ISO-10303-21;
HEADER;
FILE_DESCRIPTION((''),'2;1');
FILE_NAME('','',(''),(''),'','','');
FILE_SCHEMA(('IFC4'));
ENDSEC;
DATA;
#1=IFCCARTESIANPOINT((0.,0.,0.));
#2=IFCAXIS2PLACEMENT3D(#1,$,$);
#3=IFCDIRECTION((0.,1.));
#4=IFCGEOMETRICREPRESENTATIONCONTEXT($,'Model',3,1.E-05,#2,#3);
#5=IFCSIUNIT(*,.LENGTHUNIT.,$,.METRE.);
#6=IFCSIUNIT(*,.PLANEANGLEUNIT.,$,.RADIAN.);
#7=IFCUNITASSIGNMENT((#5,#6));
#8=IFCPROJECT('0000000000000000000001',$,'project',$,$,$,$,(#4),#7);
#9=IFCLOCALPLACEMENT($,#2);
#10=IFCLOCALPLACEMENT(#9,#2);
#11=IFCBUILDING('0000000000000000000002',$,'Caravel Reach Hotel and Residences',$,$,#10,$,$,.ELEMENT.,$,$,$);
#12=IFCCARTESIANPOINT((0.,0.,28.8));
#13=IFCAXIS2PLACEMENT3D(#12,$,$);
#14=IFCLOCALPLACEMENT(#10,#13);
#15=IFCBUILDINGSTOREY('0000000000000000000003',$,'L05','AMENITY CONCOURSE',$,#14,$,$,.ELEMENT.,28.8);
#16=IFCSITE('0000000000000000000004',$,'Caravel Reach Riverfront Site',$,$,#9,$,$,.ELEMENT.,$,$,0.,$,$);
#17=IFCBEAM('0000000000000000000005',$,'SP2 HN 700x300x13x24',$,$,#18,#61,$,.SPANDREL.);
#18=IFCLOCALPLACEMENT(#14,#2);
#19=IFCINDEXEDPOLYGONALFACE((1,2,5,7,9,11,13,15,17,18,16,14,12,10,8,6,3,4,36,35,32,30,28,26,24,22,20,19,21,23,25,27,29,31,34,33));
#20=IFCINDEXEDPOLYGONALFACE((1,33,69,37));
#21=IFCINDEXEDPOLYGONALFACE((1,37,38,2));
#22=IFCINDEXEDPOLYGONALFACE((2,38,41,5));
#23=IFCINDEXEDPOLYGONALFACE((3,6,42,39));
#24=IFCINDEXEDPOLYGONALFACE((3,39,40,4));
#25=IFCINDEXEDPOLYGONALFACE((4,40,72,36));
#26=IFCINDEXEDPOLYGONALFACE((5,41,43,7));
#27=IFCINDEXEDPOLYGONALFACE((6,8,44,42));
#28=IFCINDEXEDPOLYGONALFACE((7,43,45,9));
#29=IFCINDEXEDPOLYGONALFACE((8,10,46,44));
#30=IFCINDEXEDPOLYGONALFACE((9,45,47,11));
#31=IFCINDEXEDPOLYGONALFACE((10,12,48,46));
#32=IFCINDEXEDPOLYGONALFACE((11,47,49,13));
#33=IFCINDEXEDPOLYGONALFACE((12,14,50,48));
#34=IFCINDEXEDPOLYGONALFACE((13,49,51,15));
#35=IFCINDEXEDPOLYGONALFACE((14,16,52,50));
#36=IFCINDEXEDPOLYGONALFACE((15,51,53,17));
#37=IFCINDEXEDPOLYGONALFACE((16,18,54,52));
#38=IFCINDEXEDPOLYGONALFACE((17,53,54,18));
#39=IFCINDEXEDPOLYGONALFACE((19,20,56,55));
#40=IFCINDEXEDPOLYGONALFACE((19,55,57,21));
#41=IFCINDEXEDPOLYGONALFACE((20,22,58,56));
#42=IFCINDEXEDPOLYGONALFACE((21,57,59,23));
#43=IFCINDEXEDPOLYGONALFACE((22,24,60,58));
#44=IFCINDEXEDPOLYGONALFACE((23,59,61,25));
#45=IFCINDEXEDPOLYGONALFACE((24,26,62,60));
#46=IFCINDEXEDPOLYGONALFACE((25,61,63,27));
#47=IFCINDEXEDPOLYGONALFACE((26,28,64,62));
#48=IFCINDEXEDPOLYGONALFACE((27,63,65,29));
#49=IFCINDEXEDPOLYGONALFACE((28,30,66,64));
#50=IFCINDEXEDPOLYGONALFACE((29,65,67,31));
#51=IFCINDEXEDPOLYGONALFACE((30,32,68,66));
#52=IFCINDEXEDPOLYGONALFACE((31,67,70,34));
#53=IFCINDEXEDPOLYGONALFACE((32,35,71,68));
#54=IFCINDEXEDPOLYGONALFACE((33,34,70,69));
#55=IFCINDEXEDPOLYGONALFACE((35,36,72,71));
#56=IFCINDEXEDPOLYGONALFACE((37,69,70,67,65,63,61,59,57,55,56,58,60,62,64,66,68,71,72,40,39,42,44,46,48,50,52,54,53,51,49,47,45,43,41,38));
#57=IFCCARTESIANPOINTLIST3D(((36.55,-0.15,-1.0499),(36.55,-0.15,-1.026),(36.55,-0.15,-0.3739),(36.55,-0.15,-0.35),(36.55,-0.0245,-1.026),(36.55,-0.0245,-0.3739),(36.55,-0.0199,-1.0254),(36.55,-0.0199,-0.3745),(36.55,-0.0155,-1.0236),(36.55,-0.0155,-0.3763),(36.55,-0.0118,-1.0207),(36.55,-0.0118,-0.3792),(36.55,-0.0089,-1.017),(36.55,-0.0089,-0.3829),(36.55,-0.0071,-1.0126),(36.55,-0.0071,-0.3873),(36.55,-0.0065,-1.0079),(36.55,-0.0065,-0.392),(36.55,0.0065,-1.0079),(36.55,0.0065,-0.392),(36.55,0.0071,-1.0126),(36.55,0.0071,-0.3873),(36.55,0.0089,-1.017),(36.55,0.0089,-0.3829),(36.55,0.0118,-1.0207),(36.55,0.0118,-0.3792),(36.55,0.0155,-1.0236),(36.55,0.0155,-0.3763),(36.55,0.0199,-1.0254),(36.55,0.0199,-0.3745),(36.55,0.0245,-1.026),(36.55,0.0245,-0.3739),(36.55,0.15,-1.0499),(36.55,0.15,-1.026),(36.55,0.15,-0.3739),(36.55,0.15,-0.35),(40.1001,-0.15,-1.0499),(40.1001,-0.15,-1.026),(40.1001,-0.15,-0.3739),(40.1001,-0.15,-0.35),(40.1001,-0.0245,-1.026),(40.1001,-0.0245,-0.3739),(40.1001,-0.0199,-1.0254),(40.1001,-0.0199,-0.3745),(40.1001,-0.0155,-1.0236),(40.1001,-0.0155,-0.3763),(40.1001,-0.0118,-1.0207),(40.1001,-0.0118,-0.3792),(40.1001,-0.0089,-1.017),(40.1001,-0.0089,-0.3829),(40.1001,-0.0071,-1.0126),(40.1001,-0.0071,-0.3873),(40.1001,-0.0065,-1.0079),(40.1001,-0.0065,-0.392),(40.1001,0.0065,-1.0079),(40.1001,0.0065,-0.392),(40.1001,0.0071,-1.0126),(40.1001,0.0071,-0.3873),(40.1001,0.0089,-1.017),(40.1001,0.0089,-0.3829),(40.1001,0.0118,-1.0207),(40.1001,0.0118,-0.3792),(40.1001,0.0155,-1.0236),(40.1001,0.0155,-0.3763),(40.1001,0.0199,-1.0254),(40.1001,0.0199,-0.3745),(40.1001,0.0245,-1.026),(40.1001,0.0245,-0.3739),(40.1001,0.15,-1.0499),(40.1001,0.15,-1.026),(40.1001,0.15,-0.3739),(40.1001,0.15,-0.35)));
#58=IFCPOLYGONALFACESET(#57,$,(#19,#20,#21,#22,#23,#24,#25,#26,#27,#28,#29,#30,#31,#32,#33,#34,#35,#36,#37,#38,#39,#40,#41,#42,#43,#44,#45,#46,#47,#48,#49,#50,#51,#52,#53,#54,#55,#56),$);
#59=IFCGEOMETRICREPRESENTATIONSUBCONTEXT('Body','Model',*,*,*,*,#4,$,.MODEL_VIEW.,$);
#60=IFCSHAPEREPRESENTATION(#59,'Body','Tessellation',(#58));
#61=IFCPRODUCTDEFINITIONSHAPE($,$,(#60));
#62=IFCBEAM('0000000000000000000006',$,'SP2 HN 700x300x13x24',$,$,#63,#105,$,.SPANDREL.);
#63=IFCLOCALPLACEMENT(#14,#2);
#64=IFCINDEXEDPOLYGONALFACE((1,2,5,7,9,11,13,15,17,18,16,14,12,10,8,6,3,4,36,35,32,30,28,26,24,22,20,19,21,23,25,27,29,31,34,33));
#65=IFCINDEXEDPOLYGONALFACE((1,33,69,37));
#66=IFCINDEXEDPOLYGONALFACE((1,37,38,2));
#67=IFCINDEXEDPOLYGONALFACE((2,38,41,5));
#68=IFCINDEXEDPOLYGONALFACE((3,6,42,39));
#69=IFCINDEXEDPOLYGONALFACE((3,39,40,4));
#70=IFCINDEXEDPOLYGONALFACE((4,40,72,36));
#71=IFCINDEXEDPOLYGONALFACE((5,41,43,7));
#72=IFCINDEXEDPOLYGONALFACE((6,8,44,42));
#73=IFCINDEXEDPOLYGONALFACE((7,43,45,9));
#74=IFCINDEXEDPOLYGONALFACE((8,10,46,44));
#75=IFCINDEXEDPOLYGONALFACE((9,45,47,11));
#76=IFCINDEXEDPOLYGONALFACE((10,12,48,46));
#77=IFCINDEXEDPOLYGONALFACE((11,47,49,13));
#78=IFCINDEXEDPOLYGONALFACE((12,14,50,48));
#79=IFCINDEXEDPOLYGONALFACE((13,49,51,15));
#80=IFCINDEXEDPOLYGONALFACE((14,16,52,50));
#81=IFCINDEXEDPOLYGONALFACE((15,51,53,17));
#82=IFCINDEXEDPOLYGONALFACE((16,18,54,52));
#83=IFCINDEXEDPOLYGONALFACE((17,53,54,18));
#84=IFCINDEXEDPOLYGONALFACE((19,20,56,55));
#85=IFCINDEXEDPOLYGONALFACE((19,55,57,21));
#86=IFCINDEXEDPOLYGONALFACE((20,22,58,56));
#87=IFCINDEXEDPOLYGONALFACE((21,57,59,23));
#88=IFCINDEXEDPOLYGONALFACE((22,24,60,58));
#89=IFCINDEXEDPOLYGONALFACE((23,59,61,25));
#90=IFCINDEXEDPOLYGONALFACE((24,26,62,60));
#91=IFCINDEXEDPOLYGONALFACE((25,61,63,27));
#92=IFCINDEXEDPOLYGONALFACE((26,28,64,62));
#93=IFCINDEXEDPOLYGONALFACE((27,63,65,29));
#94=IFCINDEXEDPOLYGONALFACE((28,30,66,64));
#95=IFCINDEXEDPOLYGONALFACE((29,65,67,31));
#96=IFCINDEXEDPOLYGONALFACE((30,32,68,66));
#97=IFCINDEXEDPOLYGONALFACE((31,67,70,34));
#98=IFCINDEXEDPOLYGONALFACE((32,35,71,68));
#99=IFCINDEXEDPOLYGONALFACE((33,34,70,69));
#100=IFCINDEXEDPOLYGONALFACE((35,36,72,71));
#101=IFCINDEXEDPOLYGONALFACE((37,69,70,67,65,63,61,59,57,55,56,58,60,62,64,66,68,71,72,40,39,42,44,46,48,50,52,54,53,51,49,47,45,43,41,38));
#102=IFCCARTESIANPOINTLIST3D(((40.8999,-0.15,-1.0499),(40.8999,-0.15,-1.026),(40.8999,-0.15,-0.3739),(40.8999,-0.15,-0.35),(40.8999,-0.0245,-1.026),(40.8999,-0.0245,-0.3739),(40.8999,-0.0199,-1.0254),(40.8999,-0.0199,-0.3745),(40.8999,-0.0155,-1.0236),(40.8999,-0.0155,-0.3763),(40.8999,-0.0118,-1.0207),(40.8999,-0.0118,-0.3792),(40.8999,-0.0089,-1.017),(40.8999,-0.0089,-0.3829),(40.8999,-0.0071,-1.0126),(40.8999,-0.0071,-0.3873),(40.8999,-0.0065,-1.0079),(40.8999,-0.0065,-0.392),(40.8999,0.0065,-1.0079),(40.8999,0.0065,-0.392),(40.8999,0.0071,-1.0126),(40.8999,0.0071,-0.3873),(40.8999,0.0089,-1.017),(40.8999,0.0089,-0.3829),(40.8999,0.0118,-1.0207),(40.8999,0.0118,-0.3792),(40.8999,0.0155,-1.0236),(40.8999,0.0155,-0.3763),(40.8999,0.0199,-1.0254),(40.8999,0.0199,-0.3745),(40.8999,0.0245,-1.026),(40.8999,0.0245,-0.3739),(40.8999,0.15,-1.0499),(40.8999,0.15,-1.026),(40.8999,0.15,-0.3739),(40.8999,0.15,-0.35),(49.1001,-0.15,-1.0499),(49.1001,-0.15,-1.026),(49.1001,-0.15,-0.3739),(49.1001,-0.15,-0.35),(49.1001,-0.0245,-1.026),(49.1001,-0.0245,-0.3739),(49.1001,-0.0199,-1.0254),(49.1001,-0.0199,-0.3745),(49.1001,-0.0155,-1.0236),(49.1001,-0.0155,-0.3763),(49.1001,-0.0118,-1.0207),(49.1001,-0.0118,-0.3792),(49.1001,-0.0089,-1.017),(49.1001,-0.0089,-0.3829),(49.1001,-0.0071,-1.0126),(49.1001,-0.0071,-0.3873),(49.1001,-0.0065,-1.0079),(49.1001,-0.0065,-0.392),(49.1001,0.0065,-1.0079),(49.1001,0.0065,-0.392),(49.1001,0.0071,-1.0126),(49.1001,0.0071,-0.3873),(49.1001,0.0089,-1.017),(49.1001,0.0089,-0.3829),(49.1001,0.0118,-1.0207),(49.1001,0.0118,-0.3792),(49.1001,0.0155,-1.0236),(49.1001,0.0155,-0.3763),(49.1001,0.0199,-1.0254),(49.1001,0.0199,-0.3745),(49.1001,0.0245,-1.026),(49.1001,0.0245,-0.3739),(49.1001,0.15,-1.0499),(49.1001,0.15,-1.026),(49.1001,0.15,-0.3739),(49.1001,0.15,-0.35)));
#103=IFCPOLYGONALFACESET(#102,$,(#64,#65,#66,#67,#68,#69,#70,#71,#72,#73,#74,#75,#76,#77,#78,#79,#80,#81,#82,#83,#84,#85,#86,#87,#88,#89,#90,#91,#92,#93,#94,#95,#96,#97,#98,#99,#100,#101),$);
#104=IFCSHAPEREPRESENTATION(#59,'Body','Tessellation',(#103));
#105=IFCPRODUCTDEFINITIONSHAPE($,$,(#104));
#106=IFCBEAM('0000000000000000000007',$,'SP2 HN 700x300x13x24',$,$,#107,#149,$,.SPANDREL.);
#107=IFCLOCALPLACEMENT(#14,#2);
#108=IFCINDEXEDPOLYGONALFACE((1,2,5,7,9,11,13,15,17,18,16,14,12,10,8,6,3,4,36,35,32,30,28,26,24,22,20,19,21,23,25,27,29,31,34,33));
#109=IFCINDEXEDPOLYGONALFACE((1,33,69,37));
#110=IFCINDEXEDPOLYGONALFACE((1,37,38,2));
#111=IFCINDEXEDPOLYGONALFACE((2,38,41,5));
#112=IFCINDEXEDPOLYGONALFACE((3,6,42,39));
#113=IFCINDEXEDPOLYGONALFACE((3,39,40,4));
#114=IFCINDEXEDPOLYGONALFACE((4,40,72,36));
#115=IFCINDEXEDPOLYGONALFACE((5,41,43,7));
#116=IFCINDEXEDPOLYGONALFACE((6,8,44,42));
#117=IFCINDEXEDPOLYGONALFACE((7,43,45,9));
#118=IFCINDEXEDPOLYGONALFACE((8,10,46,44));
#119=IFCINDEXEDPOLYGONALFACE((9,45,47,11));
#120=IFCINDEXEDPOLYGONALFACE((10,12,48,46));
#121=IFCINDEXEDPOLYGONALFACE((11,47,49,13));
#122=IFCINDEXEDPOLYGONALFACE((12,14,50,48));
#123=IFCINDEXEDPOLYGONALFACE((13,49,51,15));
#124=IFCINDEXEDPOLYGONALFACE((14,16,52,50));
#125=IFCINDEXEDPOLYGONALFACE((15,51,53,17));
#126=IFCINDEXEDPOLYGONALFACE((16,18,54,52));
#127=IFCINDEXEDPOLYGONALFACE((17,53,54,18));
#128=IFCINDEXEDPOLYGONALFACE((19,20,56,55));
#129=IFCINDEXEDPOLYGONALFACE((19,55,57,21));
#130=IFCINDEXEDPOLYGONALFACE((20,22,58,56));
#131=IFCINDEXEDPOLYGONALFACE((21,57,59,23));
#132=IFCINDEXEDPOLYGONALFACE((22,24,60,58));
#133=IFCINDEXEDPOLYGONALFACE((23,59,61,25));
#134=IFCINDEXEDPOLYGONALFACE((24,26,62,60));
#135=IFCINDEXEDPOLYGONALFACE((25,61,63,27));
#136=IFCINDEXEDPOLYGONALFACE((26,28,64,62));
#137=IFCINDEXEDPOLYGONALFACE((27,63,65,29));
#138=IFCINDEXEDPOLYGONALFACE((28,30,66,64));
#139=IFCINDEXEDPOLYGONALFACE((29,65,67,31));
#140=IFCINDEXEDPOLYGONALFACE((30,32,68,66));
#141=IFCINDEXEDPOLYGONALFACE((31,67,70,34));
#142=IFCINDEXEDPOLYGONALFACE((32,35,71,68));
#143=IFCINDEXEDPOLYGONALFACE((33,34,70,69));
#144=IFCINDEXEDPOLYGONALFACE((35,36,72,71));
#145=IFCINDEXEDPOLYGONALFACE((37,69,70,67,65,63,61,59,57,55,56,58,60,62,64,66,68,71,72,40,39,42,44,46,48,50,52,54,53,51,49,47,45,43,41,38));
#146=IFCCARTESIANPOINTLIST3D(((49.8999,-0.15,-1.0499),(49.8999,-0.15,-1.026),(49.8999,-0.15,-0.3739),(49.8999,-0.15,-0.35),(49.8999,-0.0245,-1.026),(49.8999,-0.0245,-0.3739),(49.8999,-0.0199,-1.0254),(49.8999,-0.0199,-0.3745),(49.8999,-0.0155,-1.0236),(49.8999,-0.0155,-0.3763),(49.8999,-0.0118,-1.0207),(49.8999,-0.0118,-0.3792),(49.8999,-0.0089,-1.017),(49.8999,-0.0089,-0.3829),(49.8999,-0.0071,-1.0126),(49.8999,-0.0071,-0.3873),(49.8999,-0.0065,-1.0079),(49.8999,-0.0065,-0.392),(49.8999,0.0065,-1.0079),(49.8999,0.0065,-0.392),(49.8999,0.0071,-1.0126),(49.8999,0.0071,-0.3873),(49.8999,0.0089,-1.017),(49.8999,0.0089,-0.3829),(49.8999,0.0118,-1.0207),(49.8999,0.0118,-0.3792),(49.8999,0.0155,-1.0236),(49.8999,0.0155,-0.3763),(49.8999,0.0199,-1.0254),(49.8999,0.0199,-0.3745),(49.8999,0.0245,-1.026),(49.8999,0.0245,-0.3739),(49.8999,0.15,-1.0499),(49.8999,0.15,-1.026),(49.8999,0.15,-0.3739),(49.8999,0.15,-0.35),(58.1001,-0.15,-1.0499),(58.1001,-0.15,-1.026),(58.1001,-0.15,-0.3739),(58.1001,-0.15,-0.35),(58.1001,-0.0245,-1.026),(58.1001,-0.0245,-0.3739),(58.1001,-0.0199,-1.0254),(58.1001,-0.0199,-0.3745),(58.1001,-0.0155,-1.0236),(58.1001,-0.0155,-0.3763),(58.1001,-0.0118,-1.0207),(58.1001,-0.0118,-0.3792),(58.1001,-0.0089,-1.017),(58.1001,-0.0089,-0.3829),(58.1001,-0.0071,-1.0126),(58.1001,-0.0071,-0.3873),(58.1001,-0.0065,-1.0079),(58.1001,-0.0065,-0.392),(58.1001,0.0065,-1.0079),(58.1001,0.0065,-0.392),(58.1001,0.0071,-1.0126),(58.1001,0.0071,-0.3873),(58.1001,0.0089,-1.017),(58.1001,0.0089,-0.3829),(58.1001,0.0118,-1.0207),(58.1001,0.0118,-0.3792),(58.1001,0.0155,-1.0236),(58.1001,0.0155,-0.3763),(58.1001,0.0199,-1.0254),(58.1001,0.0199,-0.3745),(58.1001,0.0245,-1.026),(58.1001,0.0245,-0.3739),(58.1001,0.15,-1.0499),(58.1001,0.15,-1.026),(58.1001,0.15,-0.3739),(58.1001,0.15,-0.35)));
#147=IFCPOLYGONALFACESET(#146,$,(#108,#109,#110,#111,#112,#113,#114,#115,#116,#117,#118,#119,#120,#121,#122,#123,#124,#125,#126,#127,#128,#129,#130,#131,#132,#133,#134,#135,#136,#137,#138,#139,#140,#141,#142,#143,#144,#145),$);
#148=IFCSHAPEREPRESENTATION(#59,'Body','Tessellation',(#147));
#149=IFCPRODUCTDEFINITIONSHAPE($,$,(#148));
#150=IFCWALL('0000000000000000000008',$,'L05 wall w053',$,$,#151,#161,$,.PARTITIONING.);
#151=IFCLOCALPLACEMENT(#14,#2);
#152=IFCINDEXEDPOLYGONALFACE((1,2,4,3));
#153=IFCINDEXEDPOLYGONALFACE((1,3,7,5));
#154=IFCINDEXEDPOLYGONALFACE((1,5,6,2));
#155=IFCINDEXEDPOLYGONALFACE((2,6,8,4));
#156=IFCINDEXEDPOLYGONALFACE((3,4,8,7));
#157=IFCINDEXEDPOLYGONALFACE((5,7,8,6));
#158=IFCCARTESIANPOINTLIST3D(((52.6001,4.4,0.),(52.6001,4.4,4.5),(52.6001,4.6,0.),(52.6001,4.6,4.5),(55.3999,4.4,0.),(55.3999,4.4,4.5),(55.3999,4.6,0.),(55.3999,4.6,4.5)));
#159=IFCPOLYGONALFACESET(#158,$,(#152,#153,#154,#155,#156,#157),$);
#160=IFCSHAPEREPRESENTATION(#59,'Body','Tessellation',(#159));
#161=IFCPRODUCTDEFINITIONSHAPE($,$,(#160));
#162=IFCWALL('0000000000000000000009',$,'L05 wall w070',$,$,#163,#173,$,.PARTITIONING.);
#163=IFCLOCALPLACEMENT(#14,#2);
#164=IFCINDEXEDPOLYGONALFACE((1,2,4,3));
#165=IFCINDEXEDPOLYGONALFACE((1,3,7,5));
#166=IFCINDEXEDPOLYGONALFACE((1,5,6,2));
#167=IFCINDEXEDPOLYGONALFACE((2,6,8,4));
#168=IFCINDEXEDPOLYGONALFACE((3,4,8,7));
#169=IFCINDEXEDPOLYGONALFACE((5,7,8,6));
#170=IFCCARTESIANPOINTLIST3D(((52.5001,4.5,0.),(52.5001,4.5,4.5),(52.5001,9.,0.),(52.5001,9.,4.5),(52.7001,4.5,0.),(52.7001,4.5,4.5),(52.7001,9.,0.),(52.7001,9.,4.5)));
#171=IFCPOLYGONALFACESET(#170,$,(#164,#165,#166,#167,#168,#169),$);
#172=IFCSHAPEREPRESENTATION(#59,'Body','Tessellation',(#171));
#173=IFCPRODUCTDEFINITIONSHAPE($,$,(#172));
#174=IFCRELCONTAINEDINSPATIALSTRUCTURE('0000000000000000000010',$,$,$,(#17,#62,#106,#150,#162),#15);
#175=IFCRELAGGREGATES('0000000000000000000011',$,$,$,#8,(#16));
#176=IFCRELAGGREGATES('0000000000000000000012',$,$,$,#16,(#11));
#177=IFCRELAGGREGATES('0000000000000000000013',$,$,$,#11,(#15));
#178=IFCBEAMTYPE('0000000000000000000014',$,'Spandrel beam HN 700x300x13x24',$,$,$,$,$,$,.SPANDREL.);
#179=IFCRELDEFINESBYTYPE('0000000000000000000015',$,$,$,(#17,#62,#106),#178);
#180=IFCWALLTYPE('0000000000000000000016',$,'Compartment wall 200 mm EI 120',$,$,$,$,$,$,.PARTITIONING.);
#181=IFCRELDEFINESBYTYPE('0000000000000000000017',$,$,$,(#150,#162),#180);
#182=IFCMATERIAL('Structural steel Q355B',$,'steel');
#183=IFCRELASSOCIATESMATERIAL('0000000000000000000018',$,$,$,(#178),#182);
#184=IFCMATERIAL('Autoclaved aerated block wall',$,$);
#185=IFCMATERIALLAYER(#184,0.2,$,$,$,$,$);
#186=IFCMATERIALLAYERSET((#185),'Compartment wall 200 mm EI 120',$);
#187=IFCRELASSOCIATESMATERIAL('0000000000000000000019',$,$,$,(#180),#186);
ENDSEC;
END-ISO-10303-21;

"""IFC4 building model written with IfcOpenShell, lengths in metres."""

from ifc_helpers import new_model, si_unit, direction, frame, frame_2d, origin, origin_2d, place, context, subcontext, project, spatial, rectangle, i_section, extrude, material, layer, layer_set, material_profile, profile_set, type_object, element, save


model = new_model("IFC4")

# Units and contexts
model_context = context("Model", 3, precision=1e-05, world=origin(), true_north=direction((0.0, 1.0)))
body_context = subcontext(model_context, "Body", "Model", "MODEL_VIEW")
ifc_project = project(units=[si_unit("LENGTHUNIT", "METRE"), si_unit("PLANEANGLEUNIT", "RADIAN")], contexts=[model_context])

# Site, building, storey
site_placement = place(None, origin())
site = spatial("IfcSite", under=ifc_project, at=site_placement, Name="Caravel Reach Riverfront Site", CompositionType="ELEMENT", RefElevation=0.0)
building_placement = place(site_placement, origin())
building = spatial("IfcBuilding", under=site, at=building_placement, Name="Caravel Reach Hotel and Residences", CompositionType="ELEMENT")
storey_placement = place(building_placement, frame((0.0, 0.0, 28.8)))
storey = spatial("IfcBuildingStorey", under=building, at=storey_placement, Name="L05", Description="AMENITY CONCOURSE", CompositionType="ELEMENT", Elevation=28.8)

# Beams
ifc_material_1 = material(Name="Structural steel Q355B", Category="steel")
ifc_material_profile_1 = material_profile(ifc_material_1, i_section(OverallWidth=0.3, OverallDepth=0.7, WebThickness=0.0129, FlangeThickness=0.0239, FilletRadius=0.0181, at=origin_2d()), Name="HN 700x300x13x24")
ifc_profile_set_1 = profile_set([ifc_material_profile_1], Name="Structural steel Q355B")
beam_type = type_object("IfcBeamType", Name="Spandrel beam HN 700x300x13x24", PredefinedType="SPANDREL", material=ifc_profile_set_1)
for number, where, z_axis, x_axis, name in (
    (1, (36.55, 0.0, -0.7), (1.0, 0.0, 0.0), (0.0, 1.0, 0.0), "SP2 HN 700x300x13x24"),
):
    element("IfcBeam", number, at=place(storey_placement, frame(where, z_axis=z_axis, x_axis=x_axis)), inside=storey, type_object=beam_type, Name=name, PredefinedType="SPANDREL", context=body_context, shape_type="SweptSolid", body=[
        extrude(i_section(OverallWidth=0.3, OverallDepth=0.7, WebThickness=0.0129, FlangeThickness=0.0239, FilletRadius=0.0181, at=origin_2d()), origin(), (0.0, 0.0, 1.0), 3.55),
    ])
for number, where, z_axis, x_axis, name in (
    (2, (40.8999, 0.0, -0.7), (1.0, 0.0, 0.0), (0.0, 1.0, 0.0), "SP2 HN 700x300x13x24"),
    (3, (49.8999, 0.0, -0.7), (1.0, 0.0, 0.0), (0.0, 1.0, 0.0), "SP2 HN 700x300x13x24"),
):
    element("IfcBeam", number, at=place(storey_placement, frame(where, z_axis=z_axis, x_axis=x_axis)), inside=storey, type_object=beam_type, Name=name, PredefinedType="SPANDREL", context=body_context, shape_type="SweptSolid", body=[
        extrude(i_section(OverallWidth=0.3, OverallDepth=0.7, WebThickness=0.0129, FlangeThickness=0.0239, FilletRadius=0.0181, at=origin_2d()), origin(), (0.0, 0.0, 1.0), 8.2002),
    ])

# Walls
ifc_material_2 = material(Name="Autoclaved aerated block wall")
ifc_layer_1 = layer(ifc_material_2, 0.2)
ifc_layer_set_1 = layer_set([ifc_layer_1], Name="Compartment wall 200 mm EI 120")
wall_type_1 = type_object("IfcWallType", Name="Compartment wall 200 mm EI 120", PredefinedType="PARTITIONING", material=ifc_layer_set_1)
wall_1_placement = place(storey_placement, frame((52.6001, 4.5, 0.0), z_axis=(0.0, 0.0, 1.0), x_axis=(1.0, 0.0, 0.0)))
element("IfcWall", 4, at=wall_1_placement, inside=storey, type_object=wall_type_1, Name="L05 wall w053", PredefinedType="PARTITIONING", context=body_context, shape_type="SweptSolid", body=[
    extrude(rectangle(XDim=2.7998, YDim=0.2, at=frame_2d((1.3999, 0.0))), origin(), (0.0, 0.0, 1.0), 4.5),
])
wall_2_placement = place(storey_placement, frame((52.6001, 4.5, 0.0), z_axis=(0.0, 0.0, 1.0), x_axis=(0.0, 1.0, 0.0)))
element("IfcWall", 5, at=wall_2_placement, inside=storey, type_object=wall_type_1, Name="L05 wall w070", PredefinedType="PARTITIONING", context=body_context, shape_type="SweptSolid", body=[
    extrude(rectangle(XDim=4.5, YDim=0.2, at=frame_2d((2.25, 0.0))), origin(), (0.0, 0.0, 1.0), 4.5),
])

save(model, "model.ifc")
